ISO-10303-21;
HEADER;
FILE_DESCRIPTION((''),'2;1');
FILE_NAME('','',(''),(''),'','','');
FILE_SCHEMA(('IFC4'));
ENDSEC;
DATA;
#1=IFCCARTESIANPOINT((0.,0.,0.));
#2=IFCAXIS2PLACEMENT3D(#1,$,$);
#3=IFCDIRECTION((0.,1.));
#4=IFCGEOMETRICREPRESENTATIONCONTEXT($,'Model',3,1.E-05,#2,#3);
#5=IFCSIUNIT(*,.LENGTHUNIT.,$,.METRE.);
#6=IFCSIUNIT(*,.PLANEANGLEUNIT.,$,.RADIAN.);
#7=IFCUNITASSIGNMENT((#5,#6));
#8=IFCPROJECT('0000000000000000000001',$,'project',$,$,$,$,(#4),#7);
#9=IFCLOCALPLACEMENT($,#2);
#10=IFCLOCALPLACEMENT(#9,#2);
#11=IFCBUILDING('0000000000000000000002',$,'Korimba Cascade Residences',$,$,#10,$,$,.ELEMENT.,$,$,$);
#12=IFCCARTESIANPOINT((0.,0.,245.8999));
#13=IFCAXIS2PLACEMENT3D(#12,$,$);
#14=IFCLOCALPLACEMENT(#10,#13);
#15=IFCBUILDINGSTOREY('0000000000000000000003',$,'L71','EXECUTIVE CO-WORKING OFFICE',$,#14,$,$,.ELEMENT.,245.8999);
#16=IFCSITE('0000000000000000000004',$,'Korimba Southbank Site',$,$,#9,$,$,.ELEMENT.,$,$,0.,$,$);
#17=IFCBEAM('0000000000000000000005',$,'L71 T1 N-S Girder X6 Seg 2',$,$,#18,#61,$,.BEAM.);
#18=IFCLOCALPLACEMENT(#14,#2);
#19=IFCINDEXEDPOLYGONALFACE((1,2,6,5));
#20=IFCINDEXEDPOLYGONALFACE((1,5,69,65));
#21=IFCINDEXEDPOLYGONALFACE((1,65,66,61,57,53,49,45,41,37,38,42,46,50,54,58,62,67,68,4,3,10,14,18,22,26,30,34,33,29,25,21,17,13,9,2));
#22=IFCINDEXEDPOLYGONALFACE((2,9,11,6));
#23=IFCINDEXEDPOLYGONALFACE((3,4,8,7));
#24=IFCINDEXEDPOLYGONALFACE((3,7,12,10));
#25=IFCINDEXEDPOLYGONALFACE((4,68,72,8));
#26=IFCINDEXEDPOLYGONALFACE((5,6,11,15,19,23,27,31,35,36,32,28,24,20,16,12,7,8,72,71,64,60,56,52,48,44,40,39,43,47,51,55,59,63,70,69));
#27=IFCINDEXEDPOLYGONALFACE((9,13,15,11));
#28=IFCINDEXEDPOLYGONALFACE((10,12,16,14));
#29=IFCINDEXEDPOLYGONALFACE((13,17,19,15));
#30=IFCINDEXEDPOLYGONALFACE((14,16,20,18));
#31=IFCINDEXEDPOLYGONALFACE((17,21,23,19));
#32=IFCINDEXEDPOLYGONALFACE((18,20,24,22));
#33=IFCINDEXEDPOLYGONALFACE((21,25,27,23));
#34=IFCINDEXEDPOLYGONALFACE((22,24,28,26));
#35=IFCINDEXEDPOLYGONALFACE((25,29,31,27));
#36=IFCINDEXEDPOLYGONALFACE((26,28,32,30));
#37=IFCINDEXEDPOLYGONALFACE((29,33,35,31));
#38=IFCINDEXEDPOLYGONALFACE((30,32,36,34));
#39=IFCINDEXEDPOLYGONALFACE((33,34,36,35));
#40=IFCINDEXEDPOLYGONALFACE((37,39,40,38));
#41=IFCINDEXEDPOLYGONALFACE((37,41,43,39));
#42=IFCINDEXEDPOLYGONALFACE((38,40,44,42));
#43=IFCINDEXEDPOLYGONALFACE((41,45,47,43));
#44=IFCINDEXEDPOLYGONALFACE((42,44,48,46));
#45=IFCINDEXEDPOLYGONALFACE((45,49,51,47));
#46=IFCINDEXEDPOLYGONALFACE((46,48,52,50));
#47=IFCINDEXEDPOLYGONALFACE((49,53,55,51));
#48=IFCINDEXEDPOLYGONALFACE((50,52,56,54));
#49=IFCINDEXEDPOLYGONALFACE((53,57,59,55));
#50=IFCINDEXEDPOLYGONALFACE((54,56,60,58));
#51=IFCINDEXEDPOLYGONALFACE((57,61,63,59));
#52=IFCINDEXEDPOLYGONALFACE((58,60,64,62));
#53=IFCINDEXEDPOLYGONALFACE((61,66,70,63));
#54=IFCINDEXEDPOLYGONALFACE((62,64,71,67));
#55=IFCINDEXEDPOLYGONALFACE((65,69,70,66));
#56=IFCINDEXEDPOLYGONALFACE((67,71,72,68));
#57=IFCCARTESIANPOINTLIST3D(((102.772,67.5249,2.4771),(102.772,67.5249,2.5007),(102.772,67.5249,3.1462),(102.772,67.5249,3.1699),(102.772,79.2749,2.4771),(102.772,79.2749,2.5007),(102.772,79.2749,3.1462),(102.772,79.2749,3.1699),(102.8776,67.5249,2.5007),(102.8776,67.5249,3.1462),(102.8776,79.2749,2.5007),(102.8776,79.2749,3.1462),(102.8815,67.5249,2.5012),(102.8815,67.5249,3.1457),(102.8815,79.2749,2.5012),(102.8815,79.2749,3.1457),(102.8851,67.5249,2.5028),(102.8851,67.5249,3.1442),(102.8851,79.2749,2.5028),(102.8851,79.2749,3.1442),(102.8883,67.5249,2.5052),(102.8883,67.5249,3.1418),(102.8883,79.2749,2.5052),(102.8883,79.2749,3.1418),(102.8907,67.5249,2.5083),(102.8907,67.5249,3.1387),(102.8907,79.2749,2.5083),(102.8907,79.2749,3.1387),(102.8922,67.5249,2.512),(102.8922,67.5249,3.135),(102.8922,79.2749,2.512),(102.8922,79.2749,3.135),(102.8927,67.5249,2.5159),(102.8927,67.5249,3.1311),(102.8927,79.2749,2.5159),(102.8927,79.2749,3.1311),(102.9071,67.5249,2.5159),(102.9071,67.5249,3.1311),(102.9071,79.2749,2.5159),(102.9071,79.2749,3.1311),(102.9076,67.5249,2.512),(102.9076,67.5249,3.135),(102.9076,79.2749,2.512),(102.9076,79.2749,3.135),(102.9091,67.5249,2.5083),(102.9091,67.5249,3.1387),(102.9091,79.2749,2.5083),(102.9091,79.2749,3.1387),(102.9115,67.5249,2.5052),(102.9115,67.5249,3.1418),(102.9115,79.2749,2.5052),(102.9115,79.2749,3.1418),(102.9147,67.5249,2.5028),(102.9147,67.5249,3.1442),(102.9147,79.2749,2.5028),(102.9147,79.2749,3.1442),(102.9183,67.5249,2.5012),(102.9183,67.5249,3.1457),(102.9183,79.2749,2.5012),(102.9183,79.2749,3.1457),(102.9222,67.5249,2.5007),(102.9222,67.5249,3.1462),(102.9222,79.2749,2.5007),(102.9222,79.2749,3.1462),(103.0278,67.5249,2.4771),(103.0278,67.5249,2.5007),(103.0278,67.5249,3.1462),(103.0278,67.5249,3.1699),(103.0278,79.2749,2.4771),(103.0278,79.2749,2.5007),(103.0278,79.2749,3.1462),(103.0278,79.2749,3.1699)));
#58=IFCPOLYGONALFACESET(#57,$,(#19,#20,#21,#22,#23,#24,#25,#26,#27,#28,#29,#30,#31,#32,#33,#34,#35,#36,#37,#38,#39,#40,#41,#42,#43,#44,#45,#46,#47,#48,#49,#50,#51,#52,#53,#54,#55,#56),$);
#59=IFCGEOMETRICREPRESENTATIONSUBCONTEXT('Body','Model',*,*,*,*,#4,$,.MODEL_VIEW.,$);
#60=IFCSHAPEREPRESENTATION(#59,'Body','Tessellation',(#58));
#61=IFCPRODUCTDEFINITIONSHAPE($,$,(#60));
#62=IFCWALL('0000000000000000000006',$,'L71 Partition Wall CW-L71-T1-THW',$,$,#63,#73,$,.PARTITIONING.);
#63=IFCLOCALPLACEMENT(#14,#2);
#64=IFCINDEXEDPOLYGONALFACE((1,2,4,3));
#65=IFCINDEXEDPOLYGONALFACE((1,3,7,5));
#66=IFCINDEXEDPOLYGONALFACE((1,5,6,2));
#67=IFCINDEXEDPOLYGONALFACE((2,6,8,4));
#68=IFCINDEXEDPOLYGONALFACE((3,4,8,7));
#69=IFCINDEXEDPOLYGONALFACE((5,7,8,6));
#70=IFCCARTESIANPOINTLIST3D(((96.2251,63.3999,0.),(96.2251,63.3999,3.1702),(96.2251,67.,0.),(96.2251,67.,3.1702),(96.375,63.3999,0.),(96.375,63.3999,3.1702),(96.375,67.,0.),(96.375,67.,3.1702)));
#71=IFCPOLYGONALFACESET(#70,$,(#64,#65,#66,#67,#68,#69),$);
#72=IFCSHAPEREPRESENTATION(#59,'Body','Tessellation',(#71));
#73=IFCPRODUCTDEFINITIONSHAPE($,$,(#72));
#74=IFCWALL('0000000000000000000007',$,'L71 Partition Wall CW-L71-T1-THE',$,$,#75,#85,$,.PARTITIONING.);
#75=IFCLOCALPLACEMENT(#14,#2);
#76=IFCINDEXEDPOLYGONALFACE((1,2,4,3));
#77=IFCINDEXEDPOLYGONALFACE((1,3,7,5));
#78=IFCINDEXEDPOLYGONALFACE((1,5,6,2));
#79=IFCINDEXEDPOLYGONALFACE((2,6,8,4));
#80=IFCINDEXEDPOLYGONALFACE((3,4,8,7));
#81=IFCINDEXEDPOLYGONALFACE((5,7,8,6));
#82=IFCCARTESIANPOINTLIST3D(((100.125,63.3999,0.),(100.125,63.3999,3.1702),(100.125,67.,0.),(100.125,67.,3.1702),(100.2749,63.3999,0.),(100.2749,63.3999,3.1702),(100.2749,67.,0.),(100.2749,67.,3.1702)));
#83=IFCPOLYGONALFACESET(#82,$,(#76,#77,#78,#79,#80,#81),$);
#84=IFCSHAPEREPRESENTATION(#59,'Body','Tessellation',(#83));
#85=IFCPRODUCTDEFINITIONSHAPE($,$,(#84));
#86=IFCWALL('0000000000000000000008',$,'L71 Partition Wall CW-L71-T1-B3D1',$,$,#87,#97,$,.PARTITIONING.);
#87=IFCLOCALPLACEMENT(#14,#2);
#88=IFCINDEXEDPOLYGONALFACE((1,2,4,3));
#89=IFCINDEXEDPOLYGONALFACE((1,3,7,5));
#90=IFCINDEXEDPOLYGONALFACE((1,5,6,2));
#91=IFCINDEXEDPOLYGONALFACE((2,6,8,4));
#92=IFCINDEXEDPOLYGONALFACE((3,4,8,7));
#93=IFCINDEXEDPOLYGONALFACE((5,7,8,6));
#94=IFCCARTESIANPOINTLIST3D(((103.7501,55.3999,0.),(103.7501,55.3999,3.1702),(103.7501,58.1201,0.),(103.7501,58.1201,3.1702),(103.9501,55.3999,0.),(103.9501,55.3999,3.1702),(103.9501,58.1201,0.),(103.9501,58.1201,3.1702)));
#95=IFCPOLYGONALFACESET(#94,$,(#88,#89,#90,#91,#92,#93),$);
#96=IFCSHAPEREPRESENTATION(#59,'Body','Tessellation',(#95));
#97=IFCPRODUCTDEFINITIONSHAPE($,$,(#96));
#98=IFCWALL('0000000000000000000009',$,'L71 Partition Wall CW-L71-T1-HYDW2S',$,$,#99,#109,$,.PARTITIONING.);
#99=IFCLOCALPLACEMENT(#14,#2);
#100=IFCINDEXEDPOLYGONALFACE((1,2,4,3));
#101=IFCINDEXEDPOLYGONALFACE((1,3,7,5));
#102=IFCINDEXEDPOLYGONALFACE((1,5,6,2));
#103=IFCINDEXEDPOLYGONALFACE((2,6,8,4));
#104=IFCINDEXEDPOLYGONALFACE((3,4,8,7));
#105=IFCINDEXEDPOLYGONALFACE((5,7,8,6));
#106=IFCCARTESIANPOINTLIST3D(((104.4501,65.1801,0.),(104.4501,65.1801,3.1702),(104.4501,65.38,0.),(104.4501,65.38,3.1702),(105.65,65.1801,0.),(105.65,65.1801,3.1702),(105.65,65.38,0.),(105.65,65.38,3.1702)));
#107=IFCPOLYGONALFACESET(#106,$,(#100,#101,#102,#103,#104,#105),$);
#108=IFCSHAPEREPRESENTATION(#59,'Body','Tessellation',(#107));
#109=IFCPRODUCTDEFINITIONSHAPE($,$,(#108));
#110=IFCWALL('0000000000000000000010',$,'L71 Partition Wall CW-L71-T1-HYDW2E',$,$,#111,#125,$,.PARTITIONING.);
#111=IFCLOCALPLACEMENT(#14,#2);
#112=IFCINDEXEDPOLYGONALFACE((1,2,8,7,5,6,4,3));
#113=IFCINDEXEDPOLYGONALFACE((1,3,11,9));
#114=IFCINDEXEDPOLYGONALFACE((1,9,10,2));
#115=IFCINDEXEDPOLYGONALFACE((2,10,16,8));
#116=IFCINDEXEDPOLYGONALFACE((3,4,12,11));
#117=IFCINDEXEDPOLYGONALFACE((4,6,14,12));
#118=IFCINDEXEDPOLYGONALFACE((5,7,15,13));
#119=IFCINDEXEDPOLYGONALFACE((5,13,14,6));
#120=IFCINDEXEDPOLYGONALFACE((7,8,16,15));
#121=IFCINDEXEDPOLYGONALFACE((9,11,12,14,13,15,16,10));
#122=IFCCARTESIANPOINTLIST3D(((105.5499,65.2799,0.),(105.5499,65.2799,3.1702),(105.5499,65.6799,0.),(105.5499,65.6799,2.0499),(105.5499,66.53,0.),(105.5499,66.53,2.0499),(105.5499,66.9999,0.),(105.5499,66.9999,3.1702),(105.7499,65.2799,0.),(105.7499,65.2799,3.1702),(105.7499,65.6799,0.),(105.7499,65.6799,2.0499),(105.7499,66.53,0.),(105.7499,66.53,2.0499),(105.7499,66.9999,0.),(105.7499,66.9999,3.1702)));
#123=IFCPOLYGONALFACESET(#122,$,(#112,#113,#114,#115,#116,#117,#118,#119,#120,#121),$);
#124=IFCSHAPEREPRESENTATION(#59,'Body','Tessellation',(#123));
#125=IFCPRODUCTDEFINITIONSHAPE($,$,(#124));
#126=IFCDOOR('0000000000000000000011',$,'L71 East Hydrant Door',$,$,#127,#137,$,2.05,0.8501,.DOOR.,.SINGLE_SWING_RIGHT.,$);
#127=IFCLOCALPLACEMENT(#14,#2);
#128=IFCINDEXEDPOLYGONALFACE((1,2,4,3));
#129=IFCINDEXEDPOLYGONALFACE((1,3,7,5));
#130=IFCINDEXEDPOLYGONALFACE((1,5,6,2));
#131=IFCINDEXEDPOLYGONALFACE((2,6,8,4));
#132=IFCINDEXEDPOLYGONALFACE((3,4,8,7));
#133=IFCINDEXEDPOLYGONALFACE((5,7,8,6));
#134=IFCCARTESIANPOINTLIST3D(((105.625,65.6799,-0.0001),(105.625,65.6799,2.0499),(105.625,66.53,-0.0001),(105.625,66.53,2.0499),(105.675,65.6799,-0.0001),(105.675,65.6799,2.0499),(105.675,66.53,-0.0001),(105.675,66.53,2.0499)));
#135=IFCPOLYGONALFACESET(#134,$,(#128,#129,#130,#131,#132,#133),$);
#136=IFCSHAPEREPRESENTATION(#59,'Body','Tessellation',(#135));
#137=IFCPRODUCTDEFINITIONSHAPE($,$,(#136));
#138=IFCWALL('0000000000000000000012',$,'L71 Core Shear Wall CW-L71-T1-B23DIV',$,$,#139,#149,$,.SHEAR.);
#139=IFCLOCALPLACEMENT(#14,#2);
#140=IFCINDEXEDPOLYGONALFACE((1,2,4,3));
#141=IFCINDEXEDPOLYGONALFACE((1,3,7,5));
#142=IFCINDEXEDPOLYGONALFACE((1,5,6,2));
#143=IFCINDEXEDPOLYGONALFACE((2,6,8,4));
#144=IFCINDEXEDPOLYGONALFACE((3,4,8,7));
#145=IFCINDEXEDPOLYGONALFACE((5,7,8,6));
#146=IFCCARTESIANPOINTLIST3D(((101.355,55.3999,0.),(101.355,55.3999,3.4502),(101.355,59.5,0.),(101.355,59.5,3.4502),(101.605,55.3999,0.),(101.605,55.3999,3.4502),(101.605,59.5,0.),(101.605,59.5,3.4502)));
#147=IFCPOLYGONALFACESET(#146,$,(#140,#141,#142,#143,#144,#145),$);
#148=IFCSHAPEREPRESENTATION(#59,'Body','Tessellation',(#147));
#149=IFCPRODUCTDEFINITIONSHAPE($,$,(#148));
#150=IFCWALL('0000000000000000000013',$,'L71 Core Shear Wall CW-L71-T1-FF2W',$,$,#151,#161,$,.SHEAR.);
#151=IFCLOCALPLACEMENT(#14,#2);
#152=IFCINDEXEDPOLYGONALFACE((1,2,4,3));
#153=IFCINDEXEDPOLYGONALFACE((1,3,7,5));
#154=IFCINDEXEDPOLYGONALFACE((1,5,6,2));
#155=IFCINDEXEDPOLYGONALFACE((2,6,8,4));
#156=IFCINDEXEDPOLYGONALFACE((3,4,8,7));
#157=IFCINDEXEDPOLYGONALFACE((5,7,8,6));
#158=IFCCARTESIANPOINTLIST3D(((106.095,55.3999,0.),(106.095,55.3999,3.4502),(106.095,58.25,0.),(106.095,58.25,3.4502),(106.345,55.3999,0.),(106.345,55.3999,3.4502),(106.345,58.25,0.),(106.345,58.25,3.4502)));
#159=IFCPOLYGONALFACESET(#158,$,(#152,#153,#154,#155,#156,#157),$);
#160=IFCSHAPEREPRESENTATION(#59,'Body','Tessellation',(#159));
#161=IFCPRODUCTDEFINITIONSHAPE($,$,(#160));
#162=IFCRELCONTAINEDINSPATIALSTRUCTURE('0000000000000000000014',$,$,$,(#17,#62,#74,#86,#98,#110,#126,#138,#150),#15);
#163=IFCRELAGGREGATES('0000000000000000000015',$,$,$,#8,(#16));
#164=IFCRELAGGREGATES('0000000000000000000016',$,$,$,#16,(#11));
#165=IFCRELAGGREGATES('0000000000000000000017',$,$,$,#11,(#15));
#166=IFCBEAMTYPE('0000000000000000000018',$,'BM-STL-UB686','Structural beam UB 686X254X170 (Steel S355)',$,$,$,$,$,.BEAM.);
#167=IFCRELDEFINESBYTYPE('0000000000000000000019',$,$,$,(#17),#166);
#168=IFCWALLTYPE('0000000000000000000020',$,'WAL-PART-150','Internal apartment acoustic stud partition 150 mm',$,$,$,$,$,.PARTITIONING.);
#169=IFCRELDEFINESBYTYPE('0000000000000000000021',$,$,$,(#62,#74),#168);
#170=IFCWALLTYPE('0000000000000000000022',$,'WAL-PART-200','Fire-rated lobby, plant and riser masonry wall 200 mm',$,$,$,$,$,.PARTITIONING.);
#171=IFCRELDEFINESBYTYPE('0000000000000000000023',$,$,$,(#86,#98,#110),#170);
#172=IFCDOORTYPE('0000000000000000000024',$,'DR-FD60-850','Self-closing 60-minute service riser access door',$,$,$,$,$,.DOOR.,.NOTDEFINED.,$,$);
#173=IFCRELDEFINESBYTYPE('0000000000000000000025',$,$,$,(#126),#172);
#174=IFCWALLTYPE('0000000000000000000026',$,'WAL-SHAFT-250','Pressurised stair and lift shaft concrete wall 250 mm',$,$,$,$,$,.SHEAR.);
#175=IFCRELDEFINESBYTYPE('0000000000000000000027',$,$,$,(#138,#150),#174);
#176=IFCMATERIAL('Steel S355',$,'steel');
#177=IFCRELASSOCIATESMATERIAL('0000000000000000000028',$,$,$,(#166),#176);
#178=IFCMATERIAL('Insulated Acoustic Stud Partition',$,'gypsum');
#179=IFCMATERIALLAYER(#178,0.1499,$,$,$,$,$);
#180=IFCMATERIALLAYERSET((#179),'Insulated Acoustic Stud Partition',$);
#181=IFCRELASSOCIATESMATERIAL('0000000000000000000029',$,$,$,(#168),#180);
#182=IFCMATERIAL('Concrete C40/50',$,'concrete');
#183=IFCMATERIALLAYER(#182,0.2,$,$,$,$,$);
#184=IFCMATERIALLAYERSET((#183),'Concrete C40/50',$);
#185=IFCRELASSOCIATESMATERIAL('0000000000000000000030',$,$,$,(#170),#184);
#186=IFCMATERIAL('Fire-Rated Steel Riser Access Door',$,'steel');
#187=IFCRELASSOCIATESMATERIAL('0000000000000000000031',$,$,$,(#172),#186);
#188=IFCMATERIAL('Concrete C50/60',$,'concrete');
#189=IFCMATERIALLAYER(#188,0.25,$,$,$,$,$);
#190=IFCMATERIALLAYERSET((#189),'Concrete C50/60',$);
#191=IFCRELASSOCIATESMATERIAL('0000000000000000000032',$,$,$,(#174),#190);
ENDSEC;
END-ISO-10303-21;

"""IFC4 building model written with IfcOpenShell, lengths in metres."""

from ifc_helpers import new_model, si_unit, direction, frame, frame_2d, origin, origin_2d, place, context, subcontext, project, spatial, rectangle, i_section, extrude, material, layer, layer_set, material_profile, profile_set, type_object, element, fill, save


model = new_model("IFC4")

# Units and contexts
model_context = context("Model", 3, precision=1e-05, world=origin(), true_north=direction((0.0, 1.0)))
body_context = subcontext(model_context, "Body", "Model", "MODEL_VIEW")
ifc_project = project(units=[si_unit("LENGTHUNIT", "METRE"), si_unit("PLANEANGLEUNIT", "RADIAN")], contexts=[model_context])

# Site, building, storey
site_placement = place(None, origin())
site = spatial("IfcSite", under=ifc_project, at=site_placement, Name="Korimba Southbank Site", CompositionType="ELEMENT", RefElevation=0.0)
building_placement = place(site_placement, origin())
building = spatial("IfcBuilding", under=site, at=building_placement, Name="Korimba Cascade Residences", CompositionType="ELEMENT")
storey_placement = place(building_placement, frame((0.0, 0.0, 245.8999)))
storey = spatial("IfcBuildingStorey", under=building, at=storey_placement, Name="L71", Description="EXECUTIVE CO-WORKING OFFICE", CompositionType="ELEMENT", Elevation=245.8999)

# Shared definitions
ifc_material_1 = material(Name="Concrete C50/60", Category="concrete")

# Beam
ifc_material_2 = material(Name="Steel S355", Category="steel")
ifc_material_profile_1 = material_profile(ifc_material_2, i_section(OverallWidth=0.2559, OverallDepth=0.6929, WebThickness=0.0144, FlangeThickness=0.0237, FilletRadius=0.0151, at=origin_2d()), Name="Steel S355")
ifc_profile_set_1 = profile_set([ifc_material_profile_1], Name="Steel S355")
beam_type = type_object("IfcBeamType", Name="BM-STL-UB686", Description="Structural beam UB 686X254X170 (Steel S355)", PredefinedType="BEAM", material=ifc_profile_set_1)
beam_1_placement = place(storey_placement, frame((102.8999, 67.5249, 2.8235), z_axis=(0.0, 1.0, 0.0), x_axis=(-1.0, 0.0, 0.0)))
element("IfcBeam", 1, at=beam_1_placement, inside=storey, type_object=beam_type, Name="L71 T1 N-S Girder X6 Seg 2", PredefinedType="BEAM", context=body_context, shape_type="SweptSolid", body=[
    extrude(i_section(OverallWidth=0.2559, OverallDepth=0.6929, WebThickness=0.0144, FlangeThickness=0.0237, FilletRadius=0.0151, at=origin_2d()), origin(), (0.0, 0.0, 1.0), 11.75),
])

# Walls
ifc_material_3 = material(Name="Insulated Acoustic Stud Partition", Category="gypsum")
ifc_layer_1 = layer(ifc_material_3, 0.1499)
ifc_layer_set_1 = layer_set([ifc_layer_1], Name="Insulated Acoustic Stud Partition")
wall_type_1 = type_object("IfcWallType", Name="WAL-PART-150", Description="Internal apartment acoustic stud partition 150 mm", PredefinedType="PARTITIONING", material=ifc_layer_set_1)
for number, where, z_axis, x_axis, name in (
    (2, (96.3, 63.3999, 0.0), (0.0, 0.0, 1.0), (0.0, 1.0, 0.0), "L71 Partition Wall CW-L71-T1-THW"),
    (3, (100.2, 63.3999, 0.0), (0.0, 0.0, 1.0), (0.0, 1.0, 0.0), "L71 Partition Wall CW-L71-T1-THE"),
):
    element("IfcWall", number, at=place(storey_placement, frame(where, z_axis=z_axis, x_axis=x_axis)), inside=storey, type_object=wall_type_1, Name=name, PredefinedType="PARTITIONING", context=body_context, shape_type="SweptSolid", body=[
        extrude(rectangle(XDim=3.6001, YDim=0.1499, at=frame_2d((1.8, 0.0))), origin(), (0.0, 0.0, 1.0), 3.1702),
    ])
ifc_material_4 = material(Name="Concrete C40/50", Category="concrete")
ifc_layer_2 = layer(ifc_material_4, 0.2)
ifc_layer_set_2 = layer_set([ifc_layer_2], Name="Concrete C40/50")
wall_type_2 = type_object("IfcWallType", Name="WAL-PART-200", Description="Fire-rated lobby, plant and riser masonry wall 200 mm", PredefinedType="PARTITIONING", material=ifc_layer_set_2)
wall_1_placement = place(storey_placement, frame((103.8501, 55.3999, 0.0), z_axis=(0.0, 0.0, 1.0), x_axis=(0.0, 1.0, 0.0)))
element("IfcWall", 4, at=wall_1_placement, inside=storey, type_object=wall_type_2, Name="L71 Partition Wall CW-L71-T1-B3D1", PredefinedType="PARTITIONING", context=body_context, shape_type="SweptSolid", body=[
    extrude(rectangle(XDim=2.7202, YDim=0.2, at=frame_2d((1.3601, 0.0))), origin(), (0.0, 0.0, 1.0), 3.1702),
])
wall_2_placement = place(storey_placement, frame((104.45, 65.28, 0.0), z_axis=(0.0, 0.0, 1.0), x_axis=(1.0, 0.0, 0.0)))
element("IfcWall", 5, at=wall_2_placement, inside=storey, type_object=wall_type_2, Name="L71 Partition Wall CW-L71-T1-HYDW2S", PredefinedType="PARTITIONING", context=body_context, shape_type="SweptSolid", body=[
    extrude(rectangle(XDim=1.2, YDim=0.2, at=frame_2d((0.6001, 0.0))), origin(), (0.0, 0.0, 1.0), 3.1702),
])

# Wall, opening, door
wall_3_placement = place(storey_placement, frame((105.6499, 65.28, 0.0), z_axis=(0.0, 0.0, 1.0), x_axis=(0.0, 1.0, 0.0)))
wall_3 = element("IfcWall", 6, at=wall_3_placement, inside=storey, type_object=wall_type_2, Name="L71 Partition Wall CW-L71-T1-HYDW2E", PredefinedType="PARTITIONING", context=body_context, shape_type="SweptSolid", body=[
    extrude(rectangle(XDim=1.72, YDim=0.2, at=frame_2d((0.8599, 0.0))), origin(), (0.0, 0.0, 1.0), 3.1702),
])
opening_1_placement = place(wall_3_placement, frame((0.3999, 0.0, 0.0)))
opening_1 = element("IfcOpeningElement", 7, at=opening_1_placement, cuts=wall_3, PredefinedType="OPENING", context=body_context, shape_type="SweptSolid", body=[
    extrude(rectangle(XDim=0.8501, YDim=2.05, at=frame_2d((0.425, 1.0249))), frame((0.0, 0.1099, 0.0), z_axis=(0.0, -1.0, 0.0), x_axis=(1.0, 0.0, 0.0)), (0.0, 0.0, 1.0), 0.22),
])
ifc_material_5 = material(Name="Fire-Rated Steel Riser Access Door", Category="steel")
door_type_1 = type_object("IfcDoorType", Name="DR-FD60-850", Description="Self-closing 60-minute service riser access door", OperationType="NOTDEFINED", PredefinedType="DOOR", material=ifc_material_5)
door_1_placement = place(opening_1_placement, origin())
door_1 = element("IfcDoor", 8, at=door_1_placement, inside=storey, type_object=door_type_1, Name="L71 East Hydrant Door", OperationType="SINGLE_SWING_RIGHT", OverallHeight=2.05, OverallWidth=0.8501, PredefinedType="DOOR", context=body_context, shape_type="SweptSolid", body=[
    extrude(rectangle(XDim=0.8501, YDim=2.05, at=frame_2d((0.425, 1.0249))), frame((0.0, 0.0249, 0.0), z_axis=(0.0, -1.0, 0.0), x_axis=(1.0, 0.0, 0.0)), (0.0, 0.0, 1.0), 0.05),
])
fill(opening_1, door_1)

# Wall
ifc_layer_3 = layer(ifc_material_1, 0.25)
ifc_layer_set_3 = layer_set([ifc_layer_3], Name="Concrete C50/60")
wall_type_3 = type_object("IfcWallType", Name="WAL-SHAFT-250", Description="Pressurised stair and lift shaft concrete wall 250 mm", PredefinedType="SHEAR", material=ifc_layer_set_3)
wall_4_placement = place(storey_placement, frame((101.48, 55.3999, 0.0), z_axis=(0.0, 0.0, 1.0), x_axis=(0.0, 1.0, 0.0)))
element("IfcWall", 9, at=wall_4_placement, inside=storey, type_object=wall_type_3, Name="L71 Core Shear Wall CW-L71-T1-B23DIV", PredefinedType="SHEAR", context=body_context, shape_type="SweptSolid", body=[
    extrude(rectangle(XDim=4.1001, YDim=0.25, at=frame_2d((2.05, 0.0))), origin(), (0.0, 0.0, 1.0), 3.4502),
])

# Wall
wall_5_placement = place(storey_placement, frame((106.22, 55.3999, 0.0), z_axis=(0.0, 0.0, 1.0), x_axis=(0.0, 1.0, 0.0)))
element("IfcWall", 10, at=wall_5_placement, inside=storey, type_object=wall_type_3, Name="L71 Core Shear Wall CW-L71-T1-FF2W", PredefinedType="SHEAR", context=body_context, shape_type="SweptSolid", body=[
    extrude(rectangle(XDim=2.8501, YDim=0.25, at=frame_2d((1.425, 0.0))), origin(), (0.0, 0.0, 1.0), 3.4502),
])

save(model, "model.ifc")
